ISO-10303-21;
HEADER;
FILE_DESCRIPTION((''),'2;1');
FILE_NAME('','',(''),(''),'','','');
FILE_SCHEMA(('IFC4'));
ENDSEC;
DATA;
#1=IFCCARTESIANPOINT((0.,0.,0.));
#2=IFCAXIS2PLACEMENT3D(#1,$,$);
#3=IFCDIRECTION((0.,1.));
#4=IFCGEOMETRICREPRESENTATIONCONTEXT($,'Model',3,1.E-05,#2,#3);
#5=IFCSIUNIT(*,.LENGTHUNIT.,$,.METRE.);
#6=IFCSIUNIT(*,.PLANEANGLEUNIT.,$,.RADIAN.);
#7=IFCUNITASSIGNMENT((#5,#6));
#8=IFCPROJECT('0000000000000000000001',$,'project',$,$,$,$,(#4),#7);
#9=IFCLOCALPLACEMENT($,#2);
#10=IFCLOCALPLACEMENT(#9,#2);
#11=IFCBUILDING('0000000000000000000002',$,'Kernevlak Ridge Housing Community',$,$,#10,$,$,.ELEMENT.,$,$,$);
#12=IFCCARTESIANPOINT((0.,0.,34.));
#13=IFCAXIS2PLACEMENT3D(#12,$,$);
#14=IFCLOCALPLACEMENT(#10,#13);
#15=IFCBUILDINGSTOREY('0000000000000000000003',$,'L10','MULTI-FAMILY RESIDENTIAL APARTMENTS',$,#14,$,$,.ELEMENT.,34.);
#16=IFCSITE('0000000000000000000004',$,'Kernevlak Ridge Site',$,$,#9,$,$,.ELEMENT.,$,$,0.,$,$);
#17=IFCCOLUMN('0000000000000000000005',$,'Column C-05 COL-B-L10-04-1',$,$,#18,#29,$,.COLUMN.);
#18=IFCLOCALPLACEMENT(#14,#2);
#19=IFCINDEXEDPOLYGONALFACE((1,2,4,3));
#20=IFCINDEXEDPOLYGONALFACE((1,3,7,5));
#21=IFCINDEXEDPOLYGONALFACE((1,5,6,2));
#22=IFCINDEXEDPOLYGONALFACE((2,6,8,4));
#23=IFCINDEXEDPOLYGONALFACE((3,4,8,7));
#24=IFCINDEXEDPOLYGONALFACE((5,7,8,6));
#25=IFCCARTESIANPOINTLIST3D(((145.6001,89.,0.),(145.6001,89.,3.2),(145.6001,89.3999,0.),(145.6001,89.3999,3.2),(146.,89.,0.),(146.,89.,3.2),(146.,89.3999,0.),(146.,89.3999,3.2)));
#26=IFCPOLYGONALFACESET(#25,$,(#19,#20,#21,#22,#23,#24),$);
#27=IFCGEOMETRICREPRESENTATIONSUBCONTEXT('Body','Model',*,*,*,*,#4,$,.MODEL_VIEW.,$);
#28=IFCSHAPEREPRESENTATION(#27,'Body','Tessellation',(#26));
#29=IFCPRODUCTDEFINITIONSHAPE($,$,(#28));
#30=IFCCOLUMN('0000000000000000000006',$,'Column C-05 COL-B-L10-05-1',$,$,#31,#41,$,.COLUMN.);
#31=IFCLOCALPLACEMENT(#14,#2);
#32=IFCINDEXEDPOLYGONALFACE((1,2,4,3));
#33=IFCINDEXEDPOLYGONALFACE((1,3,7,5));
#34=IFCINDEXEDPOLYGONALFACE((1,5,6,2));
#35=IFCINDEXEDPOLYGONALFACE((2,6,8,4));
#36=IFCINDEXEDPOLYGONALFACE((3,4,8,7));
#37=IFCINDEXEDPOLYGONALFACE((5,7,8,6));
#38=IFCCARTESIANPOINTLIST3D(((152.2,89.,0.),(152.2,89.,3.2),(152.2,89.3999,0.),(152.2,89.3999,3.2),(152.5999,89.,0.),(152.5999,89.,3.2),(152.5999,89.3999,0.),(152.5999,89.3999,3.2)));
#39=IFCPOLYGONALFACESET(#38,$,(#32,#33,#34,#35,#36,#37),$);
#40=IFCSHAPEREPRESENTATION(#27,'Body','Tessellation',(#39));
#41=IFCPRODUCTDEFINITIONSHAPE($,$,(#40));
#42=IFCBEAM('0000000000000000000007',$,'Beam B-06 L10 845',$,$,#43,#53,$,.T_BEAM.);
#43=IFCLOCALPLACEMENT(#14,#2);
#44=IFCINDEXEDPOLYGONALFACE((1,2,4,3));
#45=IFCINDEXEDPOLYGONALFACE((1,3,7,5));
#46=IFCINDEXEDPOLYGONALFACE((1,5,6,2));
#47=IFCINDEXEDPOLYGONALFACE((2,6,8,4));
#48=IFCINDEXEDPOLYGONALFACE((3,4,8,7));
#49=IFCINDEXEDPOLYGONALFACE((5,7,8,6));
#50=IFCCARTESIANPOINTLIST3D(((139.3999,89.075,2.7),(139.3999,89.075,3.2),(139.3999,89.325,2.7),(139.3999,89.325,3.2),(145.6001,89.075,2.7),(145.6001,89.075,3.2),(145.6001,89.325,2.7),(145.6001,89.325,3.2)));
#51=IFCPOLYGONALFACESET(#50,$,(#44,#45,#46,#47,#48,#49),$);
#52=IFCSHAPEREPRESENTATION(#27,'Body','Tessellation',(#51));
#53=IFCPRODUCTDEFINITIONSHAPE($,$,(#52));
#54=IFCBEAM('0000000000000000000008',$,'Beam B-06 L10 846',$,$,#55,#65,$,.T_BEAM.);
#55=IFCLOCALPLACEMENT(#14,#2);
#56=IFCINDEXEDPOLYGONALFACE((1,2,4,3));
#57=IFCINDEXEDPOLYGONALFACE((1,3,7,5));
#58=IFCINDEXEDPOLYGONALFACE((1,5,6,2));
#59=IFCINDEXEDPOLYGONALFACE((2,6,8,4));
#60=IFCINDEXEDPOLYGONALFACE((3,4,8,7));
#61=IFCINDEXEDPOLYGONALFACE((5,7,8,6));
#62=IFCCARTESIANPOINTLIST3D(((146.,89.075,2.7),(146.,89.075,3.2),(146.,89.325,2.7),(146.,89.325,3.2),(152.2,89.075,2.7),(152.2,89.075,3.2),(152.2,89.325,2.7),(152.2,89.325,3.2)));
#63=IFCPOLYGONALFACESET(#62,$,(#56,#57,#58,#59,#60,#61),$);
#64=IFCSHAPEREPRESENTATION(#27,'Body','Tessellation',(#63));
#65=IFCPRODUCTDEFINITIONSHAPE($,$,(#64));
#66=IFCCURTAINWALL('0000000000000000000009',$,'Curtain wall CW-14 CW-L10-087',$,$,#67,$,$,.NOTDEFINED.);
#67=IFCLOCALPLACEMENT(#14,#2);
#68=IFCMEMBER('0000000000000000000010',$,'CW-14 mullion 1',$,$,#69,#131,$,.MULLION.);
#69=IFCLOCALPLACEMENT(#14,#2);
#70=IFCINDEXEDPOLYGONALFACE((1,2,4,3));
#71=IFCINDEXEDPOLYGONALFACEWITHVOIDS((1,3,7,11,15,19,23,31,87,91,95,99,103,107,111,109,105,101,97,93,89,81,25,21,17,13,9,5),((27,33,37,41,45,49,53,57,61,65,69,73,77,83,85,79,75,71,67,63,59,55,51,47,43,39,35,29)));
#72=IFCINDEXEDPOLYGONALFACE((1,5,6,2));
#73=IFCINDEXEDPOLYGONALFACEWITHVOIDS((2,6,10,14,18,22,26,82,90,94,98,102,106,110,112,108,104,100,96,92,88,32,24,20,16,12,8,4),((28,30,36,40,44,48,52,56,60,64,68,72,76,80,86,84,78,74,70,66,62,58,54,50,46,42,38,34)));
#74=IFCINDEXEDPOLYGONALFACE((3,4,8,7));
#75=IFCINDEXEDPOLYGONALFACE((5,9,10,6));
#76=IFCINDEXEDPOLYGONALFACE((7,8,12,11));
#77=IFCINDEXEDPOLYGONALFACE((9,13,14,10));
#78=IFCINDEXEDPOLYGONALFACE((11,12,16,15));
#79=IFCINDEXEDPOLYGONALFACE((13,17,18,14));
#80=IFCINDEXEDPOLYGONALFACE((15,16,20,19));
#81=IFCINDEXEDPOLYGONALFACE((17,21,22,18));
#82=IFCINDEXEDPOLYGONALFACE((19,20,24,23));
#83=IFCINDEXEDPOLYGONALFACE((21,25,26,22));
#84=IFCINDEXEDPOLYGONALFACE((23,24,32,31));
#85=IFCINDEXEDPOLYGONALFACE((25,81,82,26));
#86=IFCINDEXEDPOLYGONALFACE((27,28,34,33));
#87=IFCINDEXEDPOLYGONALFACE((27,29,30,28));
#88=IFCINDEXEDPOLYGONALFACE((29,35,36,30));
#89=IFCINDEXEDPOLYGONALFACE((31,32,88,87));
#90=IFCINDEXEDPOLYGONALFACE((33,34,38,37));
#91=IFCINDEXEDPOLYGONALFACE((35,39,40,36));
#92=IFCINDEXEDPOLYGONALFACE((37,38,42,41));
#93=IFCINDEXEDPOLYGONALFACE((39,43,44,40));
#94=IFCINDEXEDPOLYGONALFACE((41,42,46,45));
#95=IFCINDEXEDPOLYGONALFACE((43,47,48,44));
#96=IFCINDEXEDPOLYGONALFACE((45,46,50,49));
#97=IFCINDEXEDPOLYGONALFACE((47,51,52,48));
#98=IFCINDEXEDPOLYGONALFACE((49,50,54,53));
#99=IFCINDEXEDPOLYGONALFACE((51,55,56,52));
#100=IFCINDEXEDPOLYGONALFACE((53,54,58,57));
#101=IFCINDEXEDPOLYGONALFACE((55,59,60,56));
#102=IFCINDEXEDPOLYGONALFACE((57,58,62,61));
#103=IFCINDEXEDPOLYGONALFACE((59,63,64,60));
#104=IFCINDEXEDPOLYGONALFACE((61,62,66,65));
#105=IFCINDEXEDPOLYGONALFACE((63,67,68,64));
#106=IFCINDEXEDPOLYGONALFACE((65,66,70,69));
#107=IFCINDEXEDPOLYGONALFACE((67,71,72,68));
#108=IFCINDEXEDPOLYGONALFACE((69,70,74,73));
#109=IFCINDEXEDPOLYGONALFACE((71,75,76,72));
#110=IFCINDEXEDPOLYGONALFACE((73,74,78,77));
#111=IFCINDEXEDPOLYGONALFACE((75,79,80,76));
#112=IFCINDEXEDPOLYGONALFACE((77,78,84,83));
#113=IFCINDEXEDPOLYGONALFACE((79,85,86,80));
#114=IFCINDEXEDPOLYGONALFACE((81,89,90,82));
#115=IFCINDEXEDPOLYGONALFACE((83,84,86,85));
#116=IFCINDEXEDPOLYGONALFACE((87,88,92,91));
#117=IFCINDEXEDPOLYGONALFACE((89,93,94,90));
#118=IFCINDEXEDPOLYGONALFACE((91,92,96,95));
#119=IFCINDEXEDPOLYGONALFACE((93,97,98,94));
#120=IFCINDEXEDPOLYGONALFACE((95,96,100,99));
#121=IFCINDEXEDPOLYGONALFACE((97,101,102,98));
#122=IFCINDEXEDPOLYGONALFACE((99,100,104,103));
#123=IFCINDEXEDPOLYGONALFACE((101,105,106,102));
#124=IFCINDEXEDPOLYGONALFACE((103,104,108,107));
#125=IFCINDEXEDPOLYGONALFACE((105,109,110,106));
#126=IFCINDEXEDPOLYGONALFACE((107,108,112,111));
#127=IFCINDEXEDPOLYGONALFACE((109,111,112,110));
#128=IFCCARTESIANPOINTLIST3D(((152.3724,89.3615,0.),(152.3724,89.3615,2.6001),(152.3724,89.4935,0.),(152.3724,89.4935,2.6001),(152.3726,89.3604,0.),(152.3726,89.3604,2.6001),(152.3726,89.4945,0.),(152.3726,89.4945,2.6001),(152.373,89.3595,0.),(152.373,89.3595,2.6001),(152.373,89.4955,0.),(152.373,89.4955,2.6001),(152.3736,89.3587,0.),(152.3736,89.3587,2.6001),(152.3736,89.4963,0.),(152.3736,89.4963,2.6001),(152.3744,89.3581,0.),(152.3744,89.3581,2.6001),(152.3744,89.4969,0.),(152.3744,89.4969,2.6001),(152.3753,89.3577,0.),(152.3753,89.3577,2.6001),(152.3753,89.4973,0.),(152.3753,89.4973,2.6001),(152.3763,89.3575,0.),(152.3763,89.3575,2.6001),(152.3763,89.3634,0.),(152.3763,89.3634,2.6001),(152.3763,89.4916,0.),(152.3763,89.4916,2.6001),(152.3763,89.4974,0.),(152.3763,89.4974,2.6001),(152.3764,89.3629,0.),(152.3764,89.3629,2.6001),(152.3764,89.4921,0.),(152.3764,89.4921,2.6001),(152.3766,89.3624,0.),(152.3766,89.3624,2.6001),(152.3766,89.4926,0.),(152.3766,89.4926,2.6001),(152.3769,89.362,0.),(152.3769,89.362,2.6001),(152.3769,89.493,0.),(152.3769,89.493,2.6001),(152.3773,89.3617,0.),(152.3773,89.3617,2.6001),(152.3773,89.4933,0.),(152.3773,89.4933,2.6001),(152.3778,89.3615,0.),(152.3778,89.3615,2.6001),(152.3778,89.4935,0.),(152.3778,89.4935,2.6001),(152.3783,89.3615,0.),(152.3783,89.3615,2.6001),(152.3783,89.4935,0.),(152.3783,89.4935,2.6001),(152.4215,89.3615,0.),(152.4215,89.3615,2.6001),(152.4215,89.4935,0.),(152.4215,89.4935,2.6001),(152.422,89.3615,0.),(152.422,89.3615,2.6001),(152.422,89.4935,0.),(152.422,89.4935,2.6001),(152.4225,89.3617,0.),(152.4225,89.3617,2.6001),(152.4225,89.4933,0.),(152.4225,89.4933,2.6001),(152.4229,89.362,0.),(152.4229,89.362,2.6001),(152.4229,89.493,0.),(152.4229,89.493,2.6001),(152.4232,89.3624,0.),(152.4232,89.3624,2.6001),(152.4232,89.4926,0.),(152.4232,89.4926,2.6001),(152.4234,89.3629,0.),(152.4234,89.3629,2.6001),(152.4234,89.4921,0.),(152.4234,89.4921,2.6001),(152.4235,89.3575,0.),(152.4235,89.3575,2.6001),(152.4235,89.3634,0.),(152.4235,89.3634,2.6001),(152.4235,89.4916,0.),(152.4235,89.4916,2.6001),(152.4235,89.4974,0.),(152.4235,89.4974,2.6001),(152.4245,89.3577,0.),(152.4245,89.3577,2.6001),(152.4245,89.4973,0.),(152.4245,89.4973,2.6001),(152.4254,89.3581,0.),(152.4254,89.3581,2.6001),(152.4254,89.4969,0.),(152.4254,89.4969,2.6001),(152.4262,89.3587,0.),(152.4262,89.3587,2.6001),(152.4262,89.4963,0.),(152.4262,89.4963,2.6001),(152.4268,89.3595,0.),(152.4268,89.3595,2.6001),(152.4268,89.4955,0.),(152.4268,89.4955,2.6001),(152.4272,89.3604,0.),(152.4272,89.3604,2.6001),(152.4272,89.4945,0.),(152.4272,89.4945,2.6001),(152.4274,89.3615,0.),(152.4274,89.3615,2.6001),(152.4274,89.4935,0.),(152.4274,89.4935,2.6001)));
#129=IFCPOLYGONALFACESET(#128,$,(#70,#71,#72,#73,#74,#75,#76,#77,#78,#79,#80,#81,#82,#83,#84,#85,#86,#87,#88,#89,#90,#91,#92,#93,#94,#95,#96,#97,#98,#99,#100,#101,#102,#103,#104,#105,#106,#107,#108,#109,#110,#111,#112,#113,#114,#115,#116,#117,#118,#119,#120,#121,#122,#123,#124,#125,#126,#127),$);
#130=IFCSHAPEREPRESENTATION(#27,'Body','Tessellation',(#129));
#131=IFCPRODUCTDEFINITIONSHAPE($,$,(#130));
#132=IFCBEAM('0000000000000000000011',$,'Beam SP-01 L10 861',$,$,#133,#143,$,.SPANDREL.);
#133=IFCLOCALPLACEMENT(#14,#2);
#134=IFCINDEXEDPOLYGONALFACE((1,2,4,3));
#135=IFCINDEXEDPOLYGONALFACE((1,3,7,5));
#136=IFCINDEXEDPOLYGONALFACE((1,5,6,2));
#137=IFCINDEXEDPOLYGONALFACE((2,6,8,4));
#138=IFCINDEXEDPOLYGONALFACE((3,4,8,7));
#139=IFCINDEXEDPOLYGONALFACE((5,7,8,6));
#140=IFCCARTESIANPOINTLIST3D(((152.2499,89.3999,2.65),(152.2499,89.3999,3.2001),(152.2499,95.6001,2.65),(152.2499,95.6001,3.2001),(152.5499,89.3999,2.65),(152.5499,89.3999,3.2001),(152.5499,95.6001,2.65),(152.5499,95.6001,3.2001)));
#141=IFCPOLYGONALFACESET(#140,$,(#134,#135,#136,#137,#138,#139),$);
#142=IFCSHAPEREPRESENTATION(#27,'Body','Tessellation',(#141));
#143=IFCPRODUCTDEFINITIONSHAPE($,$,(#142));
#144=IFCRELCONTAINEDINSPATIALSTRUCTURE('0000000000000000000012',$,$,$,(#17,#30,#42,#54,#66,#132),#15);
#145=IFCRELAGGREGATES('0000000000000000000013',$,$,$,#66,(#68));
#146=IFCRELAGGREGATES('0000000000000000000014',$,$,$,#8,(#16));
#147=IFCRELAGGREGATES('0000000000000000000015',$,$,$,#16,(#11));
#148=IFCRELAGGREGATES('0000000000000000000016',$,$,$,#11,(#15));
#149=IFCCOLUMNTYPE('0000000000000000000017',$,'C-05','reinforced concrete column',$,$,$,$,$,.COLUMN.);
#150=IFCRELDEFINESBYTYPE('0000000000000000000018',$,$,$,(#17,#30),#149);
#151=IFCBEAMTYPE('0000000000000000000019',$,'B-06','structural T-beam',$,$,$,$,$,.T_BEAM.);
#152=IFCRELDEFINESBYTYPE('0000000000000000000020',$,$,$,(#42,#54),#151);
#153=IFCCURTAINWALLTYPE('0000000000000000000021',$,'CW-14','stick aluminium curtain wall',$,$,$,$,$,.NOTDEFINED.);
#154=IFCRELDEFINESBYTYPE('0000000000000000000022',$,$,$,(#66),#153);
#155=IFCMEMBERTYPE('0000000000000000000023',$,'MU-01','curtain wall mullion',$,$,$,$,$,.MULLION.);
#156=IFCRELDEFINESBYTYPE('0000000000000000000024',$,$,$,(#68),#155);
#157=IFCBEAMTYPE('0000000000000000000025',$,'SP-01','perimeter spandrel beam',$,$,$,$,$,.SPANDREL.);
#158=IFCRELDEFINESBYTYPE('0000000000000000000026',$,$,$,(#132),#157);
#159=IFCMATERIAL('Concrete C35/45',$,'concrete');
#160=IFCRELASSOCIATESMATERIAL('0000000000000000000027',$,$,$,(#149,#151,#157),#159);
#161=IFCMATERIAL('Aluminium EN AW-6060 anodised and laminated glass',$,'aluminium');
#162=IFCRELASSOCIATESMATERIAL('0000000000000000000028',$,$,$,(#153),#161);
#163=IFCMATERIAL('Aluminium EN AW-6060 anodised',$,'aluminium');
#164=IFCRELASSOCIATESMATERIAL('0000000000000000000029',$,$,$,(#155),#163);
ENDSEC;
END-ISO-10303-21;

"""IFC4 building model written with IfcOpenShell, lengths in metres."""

from ifc_helpers import new_model, si_unit, direction, frame, origin, origin_2d, place, context, subcontext, project, spatial, rectangle, hollow_rectangle, extrude, material, material_profile, profile_set, type_object, element, aggregate, save


model = new_model("IFC4")

# Units and contexts
model_context = context("Model", 3, precision=1e-05, world=origin(), true_north=direction((0.0, 1.0)))
body_context = subcontext(model_context, "Body", "Model", "MODEL_VIEW")
ifc_project = project(units=[si_unit("LENGTHUNIT", "METRE"), si_unit("PLANEANGLEUNIT", "RADIAN")], contexts=[model_context])

# Site, building, storey
site_placement = place(None, origin())
site = spatial("IfcSite", under=ifc_project, at=site_placement, Name="Kernevlak Ridge Site", CompositionType="ELEMENT", RefElevation=0.0)
building_placement = place(site_placement, origin())
building = spatial("IfcBuilding", under=site, at=building_placement, Name="Kernevlak Ridge Housing Community", CompositionType="ELEMENT")
storey_placement = place(building_placement, frame((0.0, 0.0, 34.0)))
storey = spatial("IfcBuildingStorey", under=building, at=storey_placement, Name="L10", Description="MULTI-FAMILY RESIDENTIAL APARTMENTS", CompositionType="ELEMENT", Elevation=34.0)

# Columns
ifc_material_1 = material(Name="Concrete C35/45", Category="concrete")
ifc_material_profile_1 = material_profile(ifc_material_1, rectangle(XDim=0.3999, YDim=0.3999, at=origin_2d()), Name="RC 400x400")
ifc_profile_set_1 = profile_set([ifc_material_profile_1], Name="Concrete C35/45")
column_type = type_object("IfcColumnType", Name="C-05", Description="reinforced concrete column", PredefinedType="COLUMN", material=ifc_profile_set_1)
for number, where, z_axis, x_axis, name in (
    (1, (145.8, 89.2, 0.0), (0.0, 0.0, 1.0), (1.0, 0.0, 0.0), "Column C-05 COL-B-L10-04-1"),
    (2, (152.3999, 89.2, 0.0), (0.0, 0.0, 1.0), (1.0, 0.0, 0.0), "Column C-05 COL-B-L10-05-1"),
):
    element("IfcColumn", number, at=place(storey_placement, frame(where, z_axis=z_axis, x_axis=x_axis)), inside=storey, type_object=column_type, Name=name, PredefinedType="COLUMN", context=body_context, shape_type="SweptSolid", body=[
        extrude(rectangle(XDim=0.3999, YDim=0.3999, at=origin_2d()), origin(), (0.0, 0.0, 1.0), 3.2),
    ])

# Beams
ifc_material_profile_2 = material_profile(ifc_material_1, rectangle(XDim=0.25, YDim=0.5, at=origin_2d()), Name="RC 250x500")
ifc_profile_set_2 = profile_set([ifc_material_profile_2], Name="Concrete C35/45")
beam_type_1 = type_object("IfcBeamType", Name="B-06", Description="structural T-beam", PredefinedType="T_BEAM", material=ifc_profile_set_2)
beam_1_placement = place(storey_placement, frame((139.3999, 89.2, 2.95), z_axis=(1.0, 0.0, 0.0), x_axis=(0.0, 1.0, 0.0)))
element("IfcBeam", 3, at=beam_1_placement, inside=storey, type_object=beam_type_1, Name="Beam B-06 L10 845", PredefinedType="T_BEAM", context=body_context, shape_type="SweptSolid", body=[
    extrude(rectangle(XDim=0.25, YDim=0.5, at=origin_2d()), origin(), (0.0, 0.0, 1.0), 6.2002),
])
beam_2_placement = place(storey_placement, frame((146.0, 89.2, 2.95), z_axis=(1.0, 0.0, 0.0), x_axis=(0.0, 1.0, 0.0)))
element("IfcBeam", 4, at=beam_2_placement, inside=storey, type_object=beam_type_1, Name="Beam B-06 L10 846", PredefinedType="T_BEAM", context=body_context, shape_type="SweptSolid", body=[
    extrude(rectangle(XDim=0.25, YDim=0.5, at=origin_2d()), origin(), (0.0, 0.0, 1.0), 6.2),
])

# Curtain wall, member
ifc_material_2 = material(Name="Aluminium EN AW-6060 anodised and laminated glass", Category="aluminium")
curtain_wall_type = type_object("IfcCurtainWallType", Name="CW-14", Description="stick aluminium curtain wall", PredefinedType="NOTDEFINED", material=ifc_material_2)
curtain_wall_placement = place(storey_placement, origin())
curtain_wall = element("IfcCurtainWall", 5, at=curtain_wall_placement, inside=storey, type_object=curtain_wall_type, Name="Curtain wall CW-14 CW-L10-087", PredefinedType="NOTDEFINED")
ifc_material_3 = material(Name="Aluminium EN AW-6060 anodised", Category="aluminium")
ifc_material_profile_3 = material_profile(ifc_material_3, hollow_rectangle(XDim=0.0549, YDim=0.1399, WallThickness=0.0039, InnerFilletRadius=0.002, OuterFilletRadius=0.0039, at=origin_2d()), Name="ALU 55x140x4")
ifc_profile_set_3 = profile_set([ifc_material_profile_3], Name="Aluminium EN AW-6060 anodised")
member_type_1 = type_object("IfcMemberType", Name="MU-01", Description="curtain wall mullion", PredefinedType="MULLION", material=ifc_profile_set_3)
member_1_placement = place(storey_placement, frame((152.3999, 89.4275, 0.0), z_axis=(0.0, 0.0, 1.0), x_axis=(-1.0, 0.0, 0.0)))
member_1 = element("IfcMember", 6, at=member_1_placement, type_object=member_type_1, Name="CW-14 mullion 1", PredefinedType="MULLION", context=body_context, shape_type="SweptSolid", body=[
    extrude(hollow_rectangle(XDim=0.0549, YDim=0.1399, WallThickness=0.0039, InnerFilletRadius=0.002, OuterFilletRadius=0.0039, at=origin_2d()), origin(), (0.0, 0.0, 1.0), 2.6001),
])

# Beam
ifc_material_profile_4 = material_profile(ifc_material_1, rectangle(XDim=0.3, YDim=0.55, at=origin_2d()), Name="RC 300x550")
ifc_profile_set_4 = profile_set([ifc_material_profile_4], Name="Concrete C35/45")
beam_type_2 = type_object("IfcBeamType", Name="SP-01", Description="perimeter spandrel beam", PredefinedType="SPANDREL", material=ifc_profile_set_4)
beam_3_placement = place(storey_placement, frame((152.3999, 89.3999, 2.925), z_axis=(0.0, 1.0, 0.0), x_axis=(-1.0, 0.0, 0.0)))
element("IfcBeam", 7, at=beam_3_placement, inside=storey, type_object=beam_type_2, Name="Beam SP-01 L10 861", PredefinedType="SPANDREL", context=body_context, shape_type="SweptSolid", body=[
    extrude(rectangle(XDim=0.3, YDim=0.55, at=origin_2d()), origin(), (0.0, 0.0, 1.0), 6.2002),
])

aggregate(curtain_wall, [member_1])

save(model, "model.ifc")
